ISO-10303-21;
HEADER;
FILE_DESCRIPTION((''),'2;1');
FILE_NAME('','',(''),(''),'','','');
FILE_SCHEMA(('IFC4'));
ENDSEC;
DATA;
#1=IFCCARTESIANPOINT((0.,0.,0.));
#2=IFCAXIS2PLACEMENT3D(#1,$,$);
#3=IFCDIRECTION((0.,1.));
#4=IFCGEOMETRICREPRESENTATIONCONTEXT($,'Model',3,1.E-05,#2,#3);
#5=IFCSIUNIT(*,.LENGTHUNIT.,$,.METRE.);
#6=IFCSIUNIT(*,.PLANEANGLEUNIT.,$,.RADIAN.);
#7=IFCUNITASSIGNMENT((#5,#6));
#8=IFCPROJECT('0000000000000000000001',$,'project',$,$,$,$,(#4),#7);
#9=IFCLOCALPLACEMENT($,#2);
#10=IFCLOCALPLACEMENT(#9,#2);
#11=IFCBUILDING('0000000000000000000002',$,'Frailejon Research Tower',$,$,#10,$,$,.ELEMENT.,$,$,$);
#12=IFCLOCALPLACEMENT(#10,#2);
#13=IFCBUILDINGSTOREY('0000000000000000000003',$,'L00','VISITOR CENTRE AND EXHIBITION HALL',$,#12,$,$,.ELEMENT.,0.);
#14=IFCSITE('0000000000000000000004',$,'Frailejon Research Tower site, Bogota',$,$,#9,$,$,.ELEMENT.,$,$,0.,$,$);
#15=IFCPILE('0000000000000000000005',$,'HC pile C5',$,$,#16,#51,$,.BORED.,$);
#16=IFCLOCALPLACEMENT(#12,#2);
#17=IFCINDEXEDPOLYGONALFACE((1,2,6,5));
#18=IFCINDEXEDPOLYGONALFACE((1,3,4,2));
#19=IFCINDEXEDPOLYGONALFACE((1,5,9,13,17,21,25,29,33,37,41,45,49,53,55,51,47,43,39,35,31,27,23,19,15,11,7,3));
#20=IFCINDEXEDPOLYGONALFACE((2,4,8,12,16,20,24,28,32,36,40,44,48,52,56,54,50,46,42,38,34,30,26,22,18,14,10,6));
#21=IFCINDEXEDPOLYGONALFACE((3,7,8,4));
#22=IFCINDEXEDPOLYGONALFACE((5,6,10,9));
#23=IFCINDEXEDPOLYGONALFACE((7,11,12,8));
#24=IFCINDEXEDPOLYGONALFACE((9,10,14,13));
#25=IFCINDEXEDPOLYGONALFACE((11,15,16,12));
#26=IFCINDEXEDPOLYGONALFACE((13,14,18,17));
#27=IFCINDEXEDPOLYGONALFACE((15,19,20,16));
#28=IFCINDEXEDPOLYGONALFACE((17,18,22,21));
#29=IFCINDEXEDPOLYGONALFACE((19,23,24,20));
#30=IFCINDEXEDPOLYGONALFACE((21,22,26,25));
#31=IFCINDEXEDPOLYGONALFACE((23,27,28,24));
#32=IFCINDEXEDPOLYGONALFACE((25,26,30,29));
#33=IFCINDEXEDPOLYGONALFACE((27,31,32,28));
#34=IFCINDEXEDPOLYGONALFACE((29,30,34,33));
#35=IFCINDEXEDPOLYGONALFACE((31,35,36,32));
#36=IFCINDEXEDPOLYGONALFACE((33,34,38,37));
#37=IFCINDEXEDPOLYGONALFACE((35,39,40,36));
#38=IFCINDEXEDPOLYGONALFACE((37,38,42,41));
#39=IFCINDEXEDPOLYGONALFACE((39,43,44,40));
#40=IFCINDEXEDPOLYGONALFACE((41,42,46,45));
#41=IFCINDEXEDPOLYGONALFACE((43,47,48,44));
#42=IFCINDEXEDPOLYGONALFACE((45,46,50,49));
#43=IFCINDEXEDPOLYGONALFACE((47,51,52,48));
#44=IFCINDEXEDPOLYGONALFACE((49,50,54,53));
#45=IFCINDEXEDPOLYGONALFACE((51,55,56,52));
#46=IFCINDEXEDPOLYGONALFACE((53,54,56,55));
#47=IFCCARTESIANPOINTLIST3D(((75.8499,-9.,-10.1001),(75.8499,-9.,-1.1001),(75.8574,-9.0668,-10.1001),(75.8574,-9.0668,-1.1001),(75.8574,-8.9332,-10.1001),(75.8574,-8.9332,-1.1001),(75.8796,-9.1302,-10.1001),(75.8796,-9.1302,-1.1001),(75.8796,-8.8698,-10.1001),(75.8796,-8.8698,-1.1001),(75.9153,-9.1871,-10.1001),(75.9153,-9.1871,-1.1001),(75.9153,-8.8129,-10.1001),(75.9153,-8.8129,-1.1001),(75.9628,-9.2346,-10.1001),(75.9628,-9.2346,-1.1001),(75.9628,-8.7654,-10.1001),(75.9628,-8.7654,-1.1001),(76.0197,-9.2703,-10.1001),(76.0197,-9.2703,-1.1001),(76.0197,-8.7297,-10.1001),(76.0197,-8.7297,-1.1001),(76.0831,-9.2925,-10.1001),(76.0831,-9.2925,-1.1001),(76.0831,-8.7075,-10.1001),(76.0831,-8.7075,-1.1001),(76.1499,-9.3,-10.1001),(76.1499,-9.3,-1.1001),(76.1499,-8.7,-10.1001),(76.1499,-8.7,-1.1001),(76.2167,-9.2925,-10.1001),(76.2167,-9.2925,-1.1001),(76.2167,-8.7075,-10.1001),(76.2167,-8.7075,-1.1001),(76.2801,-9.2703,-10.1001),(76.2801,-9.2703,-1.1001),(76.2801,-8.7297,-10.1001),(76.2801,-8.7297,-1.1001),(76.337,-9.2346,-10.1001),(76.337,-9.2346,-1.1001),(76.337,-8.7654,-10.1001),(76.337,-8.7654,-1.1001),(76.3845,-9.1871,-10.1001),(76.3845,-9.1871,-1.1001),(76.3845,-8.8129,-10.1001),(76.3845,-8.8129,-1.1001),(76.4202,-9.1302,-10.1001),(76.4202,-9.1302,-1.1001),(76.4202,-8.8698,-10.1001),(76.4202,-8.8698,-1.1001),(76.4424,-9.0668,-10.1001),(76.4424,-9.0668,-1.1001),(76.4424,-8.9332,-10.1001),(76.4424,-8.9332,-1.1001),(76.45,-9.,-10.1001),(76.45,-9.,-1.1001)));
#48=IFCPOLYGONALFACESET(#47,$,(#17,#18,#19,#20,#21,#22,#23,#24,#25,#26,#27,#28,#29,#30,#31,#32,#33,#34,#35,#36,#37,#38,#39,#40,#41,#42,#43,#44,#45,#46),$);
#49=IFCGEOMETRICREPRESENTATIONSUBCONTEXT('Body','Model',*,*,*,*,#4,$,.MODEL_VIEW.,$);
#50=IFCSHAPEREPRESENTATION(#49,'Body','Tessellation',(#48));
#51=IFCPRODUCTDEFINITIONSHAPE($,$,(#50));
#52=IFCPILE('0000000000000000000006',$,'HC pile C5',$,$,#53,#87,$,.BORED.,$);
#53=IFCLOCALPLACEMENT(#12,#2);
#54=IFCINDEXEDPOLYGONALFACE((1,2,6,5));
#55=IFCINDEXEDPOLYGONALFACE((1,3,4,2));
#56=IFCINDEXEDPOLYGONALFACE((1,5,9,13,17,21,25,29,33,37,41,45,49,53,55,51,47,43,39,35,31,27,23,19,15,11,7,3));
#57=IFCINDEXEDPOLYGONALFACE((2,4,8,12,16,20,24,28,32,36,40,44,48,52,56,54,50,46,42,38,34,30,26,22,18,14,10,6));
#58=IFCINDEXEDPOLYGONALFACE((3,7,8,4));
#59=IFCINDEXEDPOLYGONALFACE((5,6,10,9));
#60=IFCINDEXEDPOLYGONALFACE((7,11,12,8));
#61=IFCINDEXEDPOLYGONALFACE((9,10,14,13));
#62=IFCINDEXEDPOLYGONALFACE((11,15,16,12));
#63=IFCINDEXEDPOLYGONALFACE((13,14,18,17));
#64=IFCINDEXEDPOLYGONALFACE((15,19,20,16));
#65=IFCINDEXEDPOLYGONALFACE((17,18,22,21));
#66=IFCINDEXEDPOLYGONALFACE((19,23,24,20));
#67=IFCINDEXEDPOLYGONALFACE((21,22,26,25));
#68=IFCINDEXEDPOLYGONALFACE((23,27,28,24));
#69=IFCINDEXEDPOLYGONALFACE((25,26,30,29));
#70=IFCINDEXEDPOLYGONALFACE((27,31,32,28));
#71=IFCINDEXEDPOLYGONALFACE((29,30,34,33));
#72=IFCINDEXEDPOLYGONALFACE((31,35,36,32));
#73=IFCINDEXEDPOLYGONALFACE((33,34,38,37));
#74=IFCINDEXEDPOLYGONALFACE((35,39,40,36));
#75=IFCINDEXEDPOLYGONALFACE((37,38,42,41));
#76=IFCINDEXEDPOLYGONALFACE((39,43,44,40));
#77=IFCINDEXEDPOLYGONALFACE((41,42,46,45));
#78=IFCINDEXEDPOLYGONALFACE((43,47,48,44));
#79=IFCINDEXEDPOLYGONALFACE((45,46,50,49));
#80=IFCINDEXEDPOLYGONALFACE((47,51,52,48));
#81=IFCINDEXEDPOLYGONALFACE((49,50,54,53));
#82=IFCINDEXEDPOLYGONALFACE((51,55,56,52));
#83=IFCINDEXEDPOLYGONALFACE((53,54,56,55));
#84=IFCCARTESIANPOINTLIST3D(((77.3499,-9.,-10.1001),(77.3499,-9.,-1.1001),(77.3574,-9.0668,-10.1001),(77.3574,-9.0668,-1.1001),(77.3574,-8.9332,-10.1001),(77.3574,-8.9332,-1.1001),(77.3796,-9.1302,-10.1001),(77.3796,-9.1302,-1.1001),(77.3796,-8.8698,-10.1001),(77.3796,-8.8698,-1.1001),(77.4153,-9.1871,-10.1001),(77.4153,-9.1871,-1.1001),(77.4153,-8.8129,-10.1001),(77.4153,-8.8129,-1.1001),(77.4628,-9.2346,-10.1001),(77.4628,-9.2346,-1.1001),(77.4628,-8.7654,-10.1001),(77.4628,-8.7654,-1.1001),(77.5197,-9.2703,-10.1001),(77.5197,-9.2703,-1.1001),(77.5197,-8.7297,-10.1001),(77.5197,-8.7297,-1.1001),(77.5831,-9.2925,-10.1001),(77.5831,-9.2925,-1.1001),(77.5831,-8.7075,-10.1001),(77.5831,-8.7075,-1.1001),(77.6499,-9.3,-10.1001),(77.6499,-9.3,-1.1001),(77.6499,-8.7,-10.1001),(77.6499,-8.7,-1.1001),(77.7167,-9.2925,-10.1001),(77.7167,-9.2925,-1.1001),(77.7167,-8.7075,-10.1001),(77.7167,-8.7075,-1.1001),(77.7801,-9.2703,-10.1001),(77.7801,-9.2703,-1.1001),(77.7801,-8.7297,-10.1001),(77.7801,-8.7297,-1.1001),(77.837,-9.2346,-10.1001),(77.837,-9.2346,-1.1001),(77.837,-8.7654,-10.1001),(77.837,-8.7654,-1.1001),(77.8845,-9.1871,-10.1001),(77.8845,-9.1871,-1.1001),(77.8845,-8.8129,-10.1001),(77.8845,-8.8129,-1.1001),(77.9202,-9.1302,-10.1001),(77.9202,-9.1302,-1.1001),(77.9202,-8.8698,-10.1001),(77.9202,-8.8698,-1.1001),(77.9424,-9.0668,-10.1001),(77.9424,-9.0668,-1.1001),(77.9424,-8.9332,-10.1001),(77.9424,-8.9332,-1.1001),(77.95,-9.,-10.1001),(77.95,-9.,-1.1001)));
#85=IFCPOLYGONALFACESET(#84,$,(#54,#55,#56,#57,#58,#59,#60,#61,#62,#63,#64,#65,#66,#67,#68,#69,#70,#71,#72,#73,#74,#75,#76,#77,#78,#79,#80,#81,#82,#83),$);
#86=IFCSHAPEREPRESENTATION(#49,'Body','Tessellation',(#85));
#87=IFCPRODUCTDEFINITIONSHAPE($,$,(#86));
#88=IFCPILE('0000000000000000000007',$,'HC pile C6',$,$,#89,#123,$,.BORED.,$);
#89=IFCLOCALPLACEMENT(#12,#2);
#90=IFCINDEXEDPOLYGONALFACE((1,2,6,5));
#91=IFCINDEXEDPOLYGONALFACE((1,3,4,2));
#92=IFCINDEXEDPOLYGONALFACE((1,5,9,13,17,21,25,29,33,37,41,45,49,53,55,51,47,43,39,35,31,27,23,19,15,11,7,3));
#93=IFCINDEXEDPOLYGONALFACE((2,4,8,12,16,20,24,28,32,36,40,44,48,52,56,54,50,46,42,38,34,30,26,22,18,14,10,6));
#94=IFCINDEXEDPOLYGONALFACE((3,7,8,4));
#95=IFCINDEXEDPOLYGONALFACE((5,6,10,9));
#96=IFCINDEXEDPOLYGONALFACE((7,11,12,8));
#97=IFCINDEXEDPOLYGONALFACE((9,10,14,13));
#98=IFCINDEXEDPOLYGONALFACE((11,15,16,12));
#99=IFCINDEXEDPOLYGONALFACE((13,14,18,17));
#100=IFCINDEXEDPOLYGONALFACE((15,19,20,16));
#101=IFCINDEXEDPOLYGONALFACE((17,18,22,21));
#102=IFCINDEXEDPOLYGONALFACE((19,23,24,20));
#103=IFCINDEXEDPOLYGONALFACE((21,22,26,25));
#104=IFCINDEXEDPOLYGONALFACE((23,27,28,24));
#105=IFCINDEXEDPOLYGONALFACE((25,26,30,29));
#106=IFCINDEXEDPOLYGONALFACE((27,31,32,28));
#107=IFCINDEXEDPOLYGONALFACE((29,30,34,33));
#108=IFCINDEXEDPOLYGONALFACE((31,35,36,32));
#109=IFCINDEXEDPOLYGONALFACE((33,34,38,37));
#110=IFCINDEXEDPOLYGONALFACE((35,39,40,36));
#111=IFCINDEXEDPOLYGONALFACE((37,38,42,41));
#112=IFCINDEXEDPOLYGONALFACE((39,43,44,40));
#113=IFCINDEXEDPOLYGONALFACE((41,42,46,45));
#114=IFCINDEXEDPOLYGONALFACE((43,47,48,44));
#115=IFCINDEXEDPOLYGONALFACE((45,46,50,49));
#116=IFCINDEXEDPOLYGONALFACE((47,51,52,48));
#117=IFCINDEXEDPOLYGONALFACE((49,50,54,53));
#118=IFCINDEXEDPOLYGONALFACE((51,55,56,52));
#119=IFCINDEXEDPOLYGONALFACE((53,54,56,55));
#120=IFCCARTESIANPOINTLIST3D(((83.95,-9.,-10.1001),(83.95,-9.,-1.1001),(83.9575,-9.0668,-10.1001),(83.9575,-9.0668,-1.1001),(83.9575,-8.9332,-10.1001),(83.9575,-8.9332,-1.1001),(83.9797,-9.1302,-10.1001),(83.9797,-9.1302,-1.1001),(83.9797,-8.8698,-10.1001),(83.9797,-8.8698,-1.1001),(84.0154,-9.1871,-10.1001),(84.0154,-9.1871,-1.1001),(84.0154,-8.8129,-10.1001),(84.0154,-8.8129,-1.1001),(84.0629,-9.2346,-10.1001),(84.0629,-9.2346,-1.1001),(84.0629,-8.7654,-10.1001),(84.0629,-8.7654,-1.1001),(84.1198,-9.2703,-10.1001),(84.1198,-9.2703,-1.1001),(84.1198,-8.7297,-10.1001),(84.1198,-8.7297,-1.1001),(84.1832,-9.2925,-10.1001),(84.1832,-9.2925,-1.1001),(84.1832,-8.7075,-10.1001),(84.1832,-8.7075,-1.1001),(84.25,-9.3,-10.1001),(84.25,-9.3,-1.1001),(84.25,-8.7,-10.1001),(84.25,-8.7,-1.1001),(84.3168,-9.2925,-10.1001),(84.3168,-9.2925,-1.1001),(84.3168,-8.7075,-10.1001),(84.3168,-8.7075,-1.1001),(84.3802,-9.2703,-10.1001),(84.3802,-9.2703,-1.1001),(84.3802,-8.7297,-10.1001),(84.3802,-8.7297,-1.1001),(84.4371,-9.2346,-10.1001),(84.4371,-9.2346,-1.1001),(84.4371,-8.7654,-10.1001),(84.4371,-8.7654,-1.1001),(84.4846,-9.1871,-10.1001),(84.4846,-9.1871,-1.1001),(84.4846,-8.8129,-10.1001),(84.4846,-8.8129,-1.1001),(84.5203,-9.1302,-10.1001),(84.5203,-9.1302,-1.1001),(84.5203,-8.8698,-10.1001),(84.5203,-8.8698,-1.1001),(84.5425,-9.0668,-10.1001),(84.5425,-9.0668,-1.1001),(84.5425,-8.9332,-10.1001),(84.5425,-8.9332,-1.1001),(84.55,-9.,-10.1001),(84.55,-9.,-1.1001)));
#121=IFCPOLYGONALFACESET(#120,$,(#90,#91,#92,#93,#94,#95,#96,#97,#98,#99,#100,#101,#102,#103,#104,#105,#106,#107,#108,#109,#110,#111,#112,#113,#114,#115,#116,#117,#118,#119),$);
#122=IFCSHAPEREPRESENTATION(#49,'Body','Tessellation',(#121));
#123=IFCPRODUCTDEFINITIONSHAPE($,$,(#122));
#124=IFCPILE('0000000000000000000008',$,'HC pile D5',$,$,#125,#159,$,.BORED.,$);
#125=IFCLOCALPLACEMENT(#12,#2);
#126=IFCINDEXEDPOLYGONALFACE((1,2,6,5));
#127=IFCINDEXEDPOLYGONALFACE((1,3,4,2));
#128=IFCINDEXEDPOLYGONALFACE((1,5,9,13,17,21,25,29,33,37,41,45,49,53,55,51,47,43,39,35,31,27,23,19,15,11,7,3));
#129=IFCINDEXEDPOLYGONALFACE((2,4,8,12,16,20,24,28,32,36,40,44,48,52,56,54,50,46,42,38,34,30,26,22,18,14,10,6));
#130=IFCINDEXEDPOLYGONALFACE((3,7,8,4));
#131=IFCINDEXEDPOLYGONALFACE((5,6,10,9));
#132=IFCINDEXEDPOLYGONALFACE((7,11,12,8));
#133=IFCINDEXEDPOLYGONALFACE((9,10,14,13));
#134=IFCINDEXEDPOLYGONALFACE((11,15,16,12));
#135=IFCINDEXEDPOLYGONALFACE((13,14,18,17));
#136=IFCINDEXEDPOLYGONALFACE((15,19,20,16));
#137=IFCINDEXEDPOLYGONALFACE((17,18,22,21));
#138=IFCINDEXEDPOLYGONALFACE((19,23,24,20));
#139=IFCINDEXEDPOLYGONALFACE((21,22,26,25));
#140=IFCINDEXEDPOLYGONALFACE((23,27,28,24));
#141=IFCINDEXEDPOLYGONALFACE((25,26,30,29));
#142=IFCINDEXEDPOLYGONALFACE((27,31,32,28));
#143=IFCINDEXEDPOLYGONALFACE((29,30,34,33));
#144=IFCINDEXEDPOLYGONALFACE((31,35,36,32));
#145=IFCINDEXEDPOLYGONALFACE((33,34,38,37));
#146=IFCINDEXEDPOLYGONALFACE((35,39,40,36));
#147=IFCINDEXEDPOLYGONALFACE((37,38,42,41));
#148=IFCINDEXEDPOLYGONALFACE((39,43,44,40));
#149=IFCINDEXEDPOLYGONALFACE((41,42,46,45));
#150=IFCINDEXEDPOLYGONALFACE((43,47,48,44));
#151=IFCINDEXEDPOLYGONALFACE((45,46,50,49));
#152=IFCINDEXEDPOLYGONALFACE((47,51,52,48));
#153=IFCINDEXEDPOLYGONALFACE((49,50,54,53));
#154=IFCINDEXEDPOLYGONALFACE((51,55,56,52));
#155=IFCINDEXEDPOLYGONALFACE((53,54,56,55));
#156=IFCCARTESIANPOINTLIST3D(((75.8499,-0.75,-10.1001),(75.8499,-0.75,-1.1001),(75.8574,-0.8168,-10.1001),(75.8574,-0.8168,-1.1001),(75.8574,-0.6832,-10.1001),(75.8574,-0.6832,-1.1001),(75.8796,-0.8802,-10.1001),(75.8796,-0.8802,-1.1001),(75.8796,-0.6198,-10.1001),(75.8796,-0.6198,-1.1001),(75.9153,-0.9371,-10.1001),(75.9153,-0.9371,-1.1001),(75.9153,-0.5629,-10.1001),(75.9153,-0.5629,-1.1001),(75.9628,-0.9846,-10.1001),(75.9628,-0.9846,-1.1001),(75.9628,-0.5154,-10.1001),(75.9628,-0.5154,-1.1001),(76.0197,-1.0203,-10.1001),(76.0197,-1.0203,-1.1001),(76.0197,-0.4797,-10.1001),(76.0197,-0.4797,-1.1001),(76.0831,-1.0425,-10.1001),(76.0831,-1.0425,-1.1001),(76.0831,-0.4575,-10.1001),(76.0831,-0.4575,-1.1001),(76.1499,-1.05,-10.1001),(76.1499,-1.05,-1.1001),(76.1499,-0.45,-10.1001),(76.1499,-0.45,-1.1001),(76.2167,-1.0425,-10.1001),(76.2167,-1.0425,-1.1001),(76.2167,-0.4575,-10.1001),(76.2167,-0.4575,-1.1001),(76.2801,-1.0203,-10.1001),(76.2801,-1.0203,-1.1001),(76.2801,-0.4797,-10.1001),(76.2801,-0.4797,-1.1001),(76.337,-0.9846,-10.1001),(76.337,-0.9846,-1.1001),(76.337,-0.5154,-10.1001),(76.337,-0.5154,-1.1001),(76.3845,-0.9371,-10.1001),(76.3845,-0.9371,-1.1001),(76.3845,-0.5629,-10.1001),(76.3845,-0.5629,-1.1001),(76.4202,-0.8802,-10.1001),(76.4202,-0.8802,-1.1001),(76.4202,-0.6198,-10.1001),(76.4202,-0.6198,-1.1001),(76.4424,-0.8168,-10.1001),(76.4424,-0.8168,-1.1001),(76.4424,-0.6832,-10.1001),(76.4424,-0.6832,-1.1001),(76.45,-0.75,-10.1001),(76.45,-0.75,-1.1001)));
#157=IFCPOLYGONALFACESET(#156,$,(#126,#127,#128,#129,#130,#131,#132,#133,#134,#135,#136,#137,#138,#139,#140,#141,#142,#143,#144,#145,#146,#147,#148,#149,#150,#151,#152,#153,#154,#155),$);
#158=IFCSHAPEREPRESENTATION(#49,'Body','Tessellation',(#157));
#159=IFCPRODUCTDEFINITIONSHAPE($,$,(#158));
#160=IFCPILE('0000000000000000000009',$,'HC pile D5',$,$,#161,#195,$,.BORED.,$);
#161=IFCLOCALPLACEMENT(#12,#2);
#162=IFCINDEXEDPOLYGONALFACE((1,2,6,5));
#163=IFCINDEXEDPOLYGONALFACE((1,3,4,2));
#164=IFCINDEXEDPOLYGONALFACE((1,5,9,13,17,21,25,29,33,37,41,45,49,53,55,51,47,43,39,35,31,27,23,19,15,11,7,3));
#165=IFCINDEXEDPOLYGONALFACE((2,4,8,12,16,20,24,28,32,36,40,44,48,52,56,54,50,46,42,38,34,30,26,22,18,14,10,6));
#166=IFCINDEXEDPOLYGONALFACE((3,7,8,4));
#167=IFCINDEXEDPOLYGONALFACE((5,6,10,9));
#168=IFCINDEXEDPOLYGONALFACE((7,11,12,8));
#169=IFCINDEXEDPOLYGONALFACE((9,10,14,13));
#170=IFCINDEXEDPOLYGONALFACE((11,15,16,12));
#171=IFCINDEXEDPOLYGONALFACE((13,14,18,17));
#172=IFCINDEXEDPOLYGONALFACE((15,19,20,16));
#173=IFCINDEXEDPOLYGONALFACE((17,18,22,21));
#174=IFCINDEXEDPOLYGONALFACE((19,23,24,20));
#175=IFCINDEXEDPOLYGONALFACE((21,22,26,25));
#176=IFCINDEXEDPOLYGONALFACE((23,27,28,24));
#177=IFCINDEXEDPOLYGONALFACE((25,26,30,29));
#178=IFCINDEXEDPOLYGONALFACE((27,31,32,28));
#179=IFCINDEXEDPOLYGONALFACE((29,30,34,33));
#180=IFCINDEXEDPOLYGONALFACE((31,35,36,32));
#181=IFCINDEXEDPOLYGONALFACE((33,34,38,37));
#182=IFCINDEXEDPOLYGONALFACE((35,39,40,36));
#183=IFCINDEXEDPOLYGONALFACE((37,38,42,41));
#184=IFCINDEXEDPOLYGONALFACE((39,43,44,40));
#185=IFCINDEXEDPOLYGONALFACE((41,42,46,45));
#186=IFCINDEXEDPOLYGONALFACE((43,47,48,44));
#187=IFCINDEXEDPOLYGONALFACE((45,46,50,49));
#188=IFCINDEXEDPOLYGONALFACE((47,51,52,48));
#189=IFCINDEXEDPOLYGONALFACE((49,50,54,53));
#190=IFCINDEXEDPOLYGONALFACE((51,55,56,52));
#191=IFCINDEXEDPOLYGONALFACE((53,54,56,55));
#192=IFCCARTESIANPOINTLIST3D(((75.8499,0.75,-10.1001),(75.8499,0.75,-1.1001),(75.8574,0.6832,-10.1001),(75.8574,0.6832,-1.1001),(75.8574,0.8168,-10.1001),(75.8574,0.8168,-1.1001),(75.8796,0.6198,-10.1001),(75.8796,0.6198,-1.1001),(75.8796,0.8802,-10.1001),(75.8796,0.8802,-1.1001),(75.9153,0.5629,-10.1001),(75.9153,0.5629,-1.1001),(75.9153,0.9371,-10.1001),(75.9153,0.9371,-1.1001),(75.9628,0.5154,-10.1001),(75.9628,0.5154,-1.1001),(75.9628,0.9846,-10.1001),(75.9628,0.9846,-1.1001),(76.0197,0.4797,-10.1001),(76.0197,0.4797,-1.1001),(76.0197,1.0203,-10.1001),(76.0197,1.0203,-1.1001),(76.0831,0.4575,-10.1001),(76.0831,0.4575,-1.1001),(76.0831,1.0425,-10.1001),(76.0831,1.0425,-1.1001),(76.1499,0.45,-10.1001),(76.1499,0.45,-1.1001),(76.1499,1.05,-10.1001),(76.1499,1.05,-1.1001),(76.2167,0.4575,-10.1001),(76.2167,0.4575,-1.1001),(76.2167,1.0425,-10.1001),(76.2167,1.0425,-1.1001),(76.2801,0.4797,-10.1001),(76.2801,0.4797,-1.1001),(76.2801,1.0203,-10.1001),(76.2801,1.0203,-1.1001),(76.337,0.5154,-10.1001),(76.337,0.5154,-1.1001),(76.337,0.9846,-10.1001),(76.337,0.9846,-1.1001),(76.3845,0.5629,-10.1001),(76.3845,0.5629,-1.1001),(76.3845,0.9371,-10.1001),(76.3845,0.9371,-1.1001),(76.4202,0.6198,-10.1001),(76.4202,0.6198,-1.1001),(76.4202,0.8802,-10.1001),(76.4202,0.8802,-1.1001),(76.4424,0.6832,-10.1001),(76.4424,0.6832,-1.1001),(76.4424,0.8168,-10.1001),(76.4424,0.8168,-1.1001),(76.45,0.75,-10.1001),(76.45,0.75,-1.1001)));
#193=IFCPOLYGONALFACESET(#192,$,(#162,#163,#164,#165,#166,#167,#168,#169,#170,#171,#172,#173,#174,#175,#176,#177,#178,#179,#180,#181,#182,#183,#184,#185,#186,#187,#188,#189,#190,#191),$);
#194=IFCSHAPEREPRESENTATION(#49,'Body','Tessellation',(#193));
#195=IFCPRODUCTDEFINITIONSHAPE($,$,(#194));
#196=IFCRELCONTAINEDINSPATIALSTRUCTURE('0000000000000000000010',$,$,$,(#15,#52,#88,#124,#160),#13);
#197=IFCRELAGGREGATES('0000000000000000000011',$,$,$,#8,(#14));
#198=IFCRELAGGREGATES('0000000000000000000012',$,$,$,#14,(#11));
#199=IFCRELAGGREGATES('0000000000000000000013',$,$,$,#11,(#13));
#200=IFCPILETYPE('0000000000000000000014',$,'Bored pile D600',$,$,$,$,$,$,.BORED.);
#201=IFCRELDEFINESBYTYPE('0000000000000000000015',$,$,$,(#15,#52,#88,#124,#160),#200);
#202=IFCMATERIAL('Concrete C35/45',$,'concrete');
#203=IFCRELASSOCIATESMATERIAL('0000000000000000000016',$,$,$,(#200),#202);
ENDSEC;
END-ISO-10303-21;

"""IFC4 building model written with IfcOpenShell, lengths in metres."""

from ifc_helpers import new_model, si_unit, direction, frame, origin, origin_2d, place, context, subcontext, project, spatial, circle, extrude, material, material_profile, profile_set, type_object, element, save


model = new_model("IFC4")

# Units and contexts
model_context = context("Model", 3, precision=1e-05, world=origin(), true_north=direction((0.0, 1.0)))
body_context = subcontext(model_context, "Body", "Model", "MODEL_VIEW")
ifc_project = project(units=[si_unit("LENGTHUNIT", "METRE"), si_unit("PLANEANGLEUNIT", "RADIAN")], contexts=[model_context])

# Site, building, storey
site_placement = place(None, origin())
site = spatial("IfcSite", under=ifc_project, at=site_placement, Name="Frailejon Research Tower site, Bogota", CompositionType="ELEMENT", RefElevation=0.0)
building_placement = place(site_placement, origin())
building = spatial("IfcBuilding", under=site, at=building_placement, Name="Frailejon Research Tower", CompositionType="ELEMENT")
storey_placement = place(building_placement, origin())
storey = spatial("IfcBuildingStorey", under=building, at=storey_placement, Name="L00", Description="VISITOR CENTRE AND EXHIBITION HALL", CompositionType="ELEMENT", Elevation=0.0)

# Piles
ifc_material_1 = material(Name="Concrete C35/45", Category="concrete")
ifc_material_profile_1 = material_profile(ifc_material_1, circle(Radius=0.3, at=origin_2d()), Name="Bored pile D600")
ifc_profile_set_1 = profile_set([ifc_material_profile_1], Name="Concrete C35/45")
pile_type = type_object("IfcPileType", Name="Bored pile D600", PredefinedType="BORED", material=ifc_profile_set_1)
for number, where, z_axis, x_axis, name in (
    (1, (76.1499, -9.0, -1.1001), (0.0, 0.0, -1.0), (1.0, 0.0, 0.0), "HC pile C5"),
    (2, (77.6499, -9.0, -1.1001), (0.0, 0.0, -1.0), (1.0, 0.0, 0.0), "HC pile C5"),
    (3, (84.25, -9.0, -1.1001), (0.0, 0.0, -1.0), (1.0, 0.0, 0.0), "HC pile C6"),
    (4, (76.1499, -0.75, -1.1001), (0.0, 0.0, -1.0), (1.0, 0.0, 0.0), "HC pile D5"),
    (5, (76.1499, 0.75, -1.1001), (0.0, 0.0, -1.0), (1.0, 0.0, 0.0), "HC pile D5"),
):
    element("IfcPile", number, at=place(storey_placement, frame(where, z_axis=z_axis, x_axis=x_axis)), inside=storey, type_object=pile_type, Name=name, PredefinedType="BORED", context=body_context, shape_type="SweptSolid", body=[
        extrude(circle(Radius=0.3, at=origin_2d()), origin(), (0.0, 0.0, 1.0), 9.0),
    ])

save(model, "model.ifc")
